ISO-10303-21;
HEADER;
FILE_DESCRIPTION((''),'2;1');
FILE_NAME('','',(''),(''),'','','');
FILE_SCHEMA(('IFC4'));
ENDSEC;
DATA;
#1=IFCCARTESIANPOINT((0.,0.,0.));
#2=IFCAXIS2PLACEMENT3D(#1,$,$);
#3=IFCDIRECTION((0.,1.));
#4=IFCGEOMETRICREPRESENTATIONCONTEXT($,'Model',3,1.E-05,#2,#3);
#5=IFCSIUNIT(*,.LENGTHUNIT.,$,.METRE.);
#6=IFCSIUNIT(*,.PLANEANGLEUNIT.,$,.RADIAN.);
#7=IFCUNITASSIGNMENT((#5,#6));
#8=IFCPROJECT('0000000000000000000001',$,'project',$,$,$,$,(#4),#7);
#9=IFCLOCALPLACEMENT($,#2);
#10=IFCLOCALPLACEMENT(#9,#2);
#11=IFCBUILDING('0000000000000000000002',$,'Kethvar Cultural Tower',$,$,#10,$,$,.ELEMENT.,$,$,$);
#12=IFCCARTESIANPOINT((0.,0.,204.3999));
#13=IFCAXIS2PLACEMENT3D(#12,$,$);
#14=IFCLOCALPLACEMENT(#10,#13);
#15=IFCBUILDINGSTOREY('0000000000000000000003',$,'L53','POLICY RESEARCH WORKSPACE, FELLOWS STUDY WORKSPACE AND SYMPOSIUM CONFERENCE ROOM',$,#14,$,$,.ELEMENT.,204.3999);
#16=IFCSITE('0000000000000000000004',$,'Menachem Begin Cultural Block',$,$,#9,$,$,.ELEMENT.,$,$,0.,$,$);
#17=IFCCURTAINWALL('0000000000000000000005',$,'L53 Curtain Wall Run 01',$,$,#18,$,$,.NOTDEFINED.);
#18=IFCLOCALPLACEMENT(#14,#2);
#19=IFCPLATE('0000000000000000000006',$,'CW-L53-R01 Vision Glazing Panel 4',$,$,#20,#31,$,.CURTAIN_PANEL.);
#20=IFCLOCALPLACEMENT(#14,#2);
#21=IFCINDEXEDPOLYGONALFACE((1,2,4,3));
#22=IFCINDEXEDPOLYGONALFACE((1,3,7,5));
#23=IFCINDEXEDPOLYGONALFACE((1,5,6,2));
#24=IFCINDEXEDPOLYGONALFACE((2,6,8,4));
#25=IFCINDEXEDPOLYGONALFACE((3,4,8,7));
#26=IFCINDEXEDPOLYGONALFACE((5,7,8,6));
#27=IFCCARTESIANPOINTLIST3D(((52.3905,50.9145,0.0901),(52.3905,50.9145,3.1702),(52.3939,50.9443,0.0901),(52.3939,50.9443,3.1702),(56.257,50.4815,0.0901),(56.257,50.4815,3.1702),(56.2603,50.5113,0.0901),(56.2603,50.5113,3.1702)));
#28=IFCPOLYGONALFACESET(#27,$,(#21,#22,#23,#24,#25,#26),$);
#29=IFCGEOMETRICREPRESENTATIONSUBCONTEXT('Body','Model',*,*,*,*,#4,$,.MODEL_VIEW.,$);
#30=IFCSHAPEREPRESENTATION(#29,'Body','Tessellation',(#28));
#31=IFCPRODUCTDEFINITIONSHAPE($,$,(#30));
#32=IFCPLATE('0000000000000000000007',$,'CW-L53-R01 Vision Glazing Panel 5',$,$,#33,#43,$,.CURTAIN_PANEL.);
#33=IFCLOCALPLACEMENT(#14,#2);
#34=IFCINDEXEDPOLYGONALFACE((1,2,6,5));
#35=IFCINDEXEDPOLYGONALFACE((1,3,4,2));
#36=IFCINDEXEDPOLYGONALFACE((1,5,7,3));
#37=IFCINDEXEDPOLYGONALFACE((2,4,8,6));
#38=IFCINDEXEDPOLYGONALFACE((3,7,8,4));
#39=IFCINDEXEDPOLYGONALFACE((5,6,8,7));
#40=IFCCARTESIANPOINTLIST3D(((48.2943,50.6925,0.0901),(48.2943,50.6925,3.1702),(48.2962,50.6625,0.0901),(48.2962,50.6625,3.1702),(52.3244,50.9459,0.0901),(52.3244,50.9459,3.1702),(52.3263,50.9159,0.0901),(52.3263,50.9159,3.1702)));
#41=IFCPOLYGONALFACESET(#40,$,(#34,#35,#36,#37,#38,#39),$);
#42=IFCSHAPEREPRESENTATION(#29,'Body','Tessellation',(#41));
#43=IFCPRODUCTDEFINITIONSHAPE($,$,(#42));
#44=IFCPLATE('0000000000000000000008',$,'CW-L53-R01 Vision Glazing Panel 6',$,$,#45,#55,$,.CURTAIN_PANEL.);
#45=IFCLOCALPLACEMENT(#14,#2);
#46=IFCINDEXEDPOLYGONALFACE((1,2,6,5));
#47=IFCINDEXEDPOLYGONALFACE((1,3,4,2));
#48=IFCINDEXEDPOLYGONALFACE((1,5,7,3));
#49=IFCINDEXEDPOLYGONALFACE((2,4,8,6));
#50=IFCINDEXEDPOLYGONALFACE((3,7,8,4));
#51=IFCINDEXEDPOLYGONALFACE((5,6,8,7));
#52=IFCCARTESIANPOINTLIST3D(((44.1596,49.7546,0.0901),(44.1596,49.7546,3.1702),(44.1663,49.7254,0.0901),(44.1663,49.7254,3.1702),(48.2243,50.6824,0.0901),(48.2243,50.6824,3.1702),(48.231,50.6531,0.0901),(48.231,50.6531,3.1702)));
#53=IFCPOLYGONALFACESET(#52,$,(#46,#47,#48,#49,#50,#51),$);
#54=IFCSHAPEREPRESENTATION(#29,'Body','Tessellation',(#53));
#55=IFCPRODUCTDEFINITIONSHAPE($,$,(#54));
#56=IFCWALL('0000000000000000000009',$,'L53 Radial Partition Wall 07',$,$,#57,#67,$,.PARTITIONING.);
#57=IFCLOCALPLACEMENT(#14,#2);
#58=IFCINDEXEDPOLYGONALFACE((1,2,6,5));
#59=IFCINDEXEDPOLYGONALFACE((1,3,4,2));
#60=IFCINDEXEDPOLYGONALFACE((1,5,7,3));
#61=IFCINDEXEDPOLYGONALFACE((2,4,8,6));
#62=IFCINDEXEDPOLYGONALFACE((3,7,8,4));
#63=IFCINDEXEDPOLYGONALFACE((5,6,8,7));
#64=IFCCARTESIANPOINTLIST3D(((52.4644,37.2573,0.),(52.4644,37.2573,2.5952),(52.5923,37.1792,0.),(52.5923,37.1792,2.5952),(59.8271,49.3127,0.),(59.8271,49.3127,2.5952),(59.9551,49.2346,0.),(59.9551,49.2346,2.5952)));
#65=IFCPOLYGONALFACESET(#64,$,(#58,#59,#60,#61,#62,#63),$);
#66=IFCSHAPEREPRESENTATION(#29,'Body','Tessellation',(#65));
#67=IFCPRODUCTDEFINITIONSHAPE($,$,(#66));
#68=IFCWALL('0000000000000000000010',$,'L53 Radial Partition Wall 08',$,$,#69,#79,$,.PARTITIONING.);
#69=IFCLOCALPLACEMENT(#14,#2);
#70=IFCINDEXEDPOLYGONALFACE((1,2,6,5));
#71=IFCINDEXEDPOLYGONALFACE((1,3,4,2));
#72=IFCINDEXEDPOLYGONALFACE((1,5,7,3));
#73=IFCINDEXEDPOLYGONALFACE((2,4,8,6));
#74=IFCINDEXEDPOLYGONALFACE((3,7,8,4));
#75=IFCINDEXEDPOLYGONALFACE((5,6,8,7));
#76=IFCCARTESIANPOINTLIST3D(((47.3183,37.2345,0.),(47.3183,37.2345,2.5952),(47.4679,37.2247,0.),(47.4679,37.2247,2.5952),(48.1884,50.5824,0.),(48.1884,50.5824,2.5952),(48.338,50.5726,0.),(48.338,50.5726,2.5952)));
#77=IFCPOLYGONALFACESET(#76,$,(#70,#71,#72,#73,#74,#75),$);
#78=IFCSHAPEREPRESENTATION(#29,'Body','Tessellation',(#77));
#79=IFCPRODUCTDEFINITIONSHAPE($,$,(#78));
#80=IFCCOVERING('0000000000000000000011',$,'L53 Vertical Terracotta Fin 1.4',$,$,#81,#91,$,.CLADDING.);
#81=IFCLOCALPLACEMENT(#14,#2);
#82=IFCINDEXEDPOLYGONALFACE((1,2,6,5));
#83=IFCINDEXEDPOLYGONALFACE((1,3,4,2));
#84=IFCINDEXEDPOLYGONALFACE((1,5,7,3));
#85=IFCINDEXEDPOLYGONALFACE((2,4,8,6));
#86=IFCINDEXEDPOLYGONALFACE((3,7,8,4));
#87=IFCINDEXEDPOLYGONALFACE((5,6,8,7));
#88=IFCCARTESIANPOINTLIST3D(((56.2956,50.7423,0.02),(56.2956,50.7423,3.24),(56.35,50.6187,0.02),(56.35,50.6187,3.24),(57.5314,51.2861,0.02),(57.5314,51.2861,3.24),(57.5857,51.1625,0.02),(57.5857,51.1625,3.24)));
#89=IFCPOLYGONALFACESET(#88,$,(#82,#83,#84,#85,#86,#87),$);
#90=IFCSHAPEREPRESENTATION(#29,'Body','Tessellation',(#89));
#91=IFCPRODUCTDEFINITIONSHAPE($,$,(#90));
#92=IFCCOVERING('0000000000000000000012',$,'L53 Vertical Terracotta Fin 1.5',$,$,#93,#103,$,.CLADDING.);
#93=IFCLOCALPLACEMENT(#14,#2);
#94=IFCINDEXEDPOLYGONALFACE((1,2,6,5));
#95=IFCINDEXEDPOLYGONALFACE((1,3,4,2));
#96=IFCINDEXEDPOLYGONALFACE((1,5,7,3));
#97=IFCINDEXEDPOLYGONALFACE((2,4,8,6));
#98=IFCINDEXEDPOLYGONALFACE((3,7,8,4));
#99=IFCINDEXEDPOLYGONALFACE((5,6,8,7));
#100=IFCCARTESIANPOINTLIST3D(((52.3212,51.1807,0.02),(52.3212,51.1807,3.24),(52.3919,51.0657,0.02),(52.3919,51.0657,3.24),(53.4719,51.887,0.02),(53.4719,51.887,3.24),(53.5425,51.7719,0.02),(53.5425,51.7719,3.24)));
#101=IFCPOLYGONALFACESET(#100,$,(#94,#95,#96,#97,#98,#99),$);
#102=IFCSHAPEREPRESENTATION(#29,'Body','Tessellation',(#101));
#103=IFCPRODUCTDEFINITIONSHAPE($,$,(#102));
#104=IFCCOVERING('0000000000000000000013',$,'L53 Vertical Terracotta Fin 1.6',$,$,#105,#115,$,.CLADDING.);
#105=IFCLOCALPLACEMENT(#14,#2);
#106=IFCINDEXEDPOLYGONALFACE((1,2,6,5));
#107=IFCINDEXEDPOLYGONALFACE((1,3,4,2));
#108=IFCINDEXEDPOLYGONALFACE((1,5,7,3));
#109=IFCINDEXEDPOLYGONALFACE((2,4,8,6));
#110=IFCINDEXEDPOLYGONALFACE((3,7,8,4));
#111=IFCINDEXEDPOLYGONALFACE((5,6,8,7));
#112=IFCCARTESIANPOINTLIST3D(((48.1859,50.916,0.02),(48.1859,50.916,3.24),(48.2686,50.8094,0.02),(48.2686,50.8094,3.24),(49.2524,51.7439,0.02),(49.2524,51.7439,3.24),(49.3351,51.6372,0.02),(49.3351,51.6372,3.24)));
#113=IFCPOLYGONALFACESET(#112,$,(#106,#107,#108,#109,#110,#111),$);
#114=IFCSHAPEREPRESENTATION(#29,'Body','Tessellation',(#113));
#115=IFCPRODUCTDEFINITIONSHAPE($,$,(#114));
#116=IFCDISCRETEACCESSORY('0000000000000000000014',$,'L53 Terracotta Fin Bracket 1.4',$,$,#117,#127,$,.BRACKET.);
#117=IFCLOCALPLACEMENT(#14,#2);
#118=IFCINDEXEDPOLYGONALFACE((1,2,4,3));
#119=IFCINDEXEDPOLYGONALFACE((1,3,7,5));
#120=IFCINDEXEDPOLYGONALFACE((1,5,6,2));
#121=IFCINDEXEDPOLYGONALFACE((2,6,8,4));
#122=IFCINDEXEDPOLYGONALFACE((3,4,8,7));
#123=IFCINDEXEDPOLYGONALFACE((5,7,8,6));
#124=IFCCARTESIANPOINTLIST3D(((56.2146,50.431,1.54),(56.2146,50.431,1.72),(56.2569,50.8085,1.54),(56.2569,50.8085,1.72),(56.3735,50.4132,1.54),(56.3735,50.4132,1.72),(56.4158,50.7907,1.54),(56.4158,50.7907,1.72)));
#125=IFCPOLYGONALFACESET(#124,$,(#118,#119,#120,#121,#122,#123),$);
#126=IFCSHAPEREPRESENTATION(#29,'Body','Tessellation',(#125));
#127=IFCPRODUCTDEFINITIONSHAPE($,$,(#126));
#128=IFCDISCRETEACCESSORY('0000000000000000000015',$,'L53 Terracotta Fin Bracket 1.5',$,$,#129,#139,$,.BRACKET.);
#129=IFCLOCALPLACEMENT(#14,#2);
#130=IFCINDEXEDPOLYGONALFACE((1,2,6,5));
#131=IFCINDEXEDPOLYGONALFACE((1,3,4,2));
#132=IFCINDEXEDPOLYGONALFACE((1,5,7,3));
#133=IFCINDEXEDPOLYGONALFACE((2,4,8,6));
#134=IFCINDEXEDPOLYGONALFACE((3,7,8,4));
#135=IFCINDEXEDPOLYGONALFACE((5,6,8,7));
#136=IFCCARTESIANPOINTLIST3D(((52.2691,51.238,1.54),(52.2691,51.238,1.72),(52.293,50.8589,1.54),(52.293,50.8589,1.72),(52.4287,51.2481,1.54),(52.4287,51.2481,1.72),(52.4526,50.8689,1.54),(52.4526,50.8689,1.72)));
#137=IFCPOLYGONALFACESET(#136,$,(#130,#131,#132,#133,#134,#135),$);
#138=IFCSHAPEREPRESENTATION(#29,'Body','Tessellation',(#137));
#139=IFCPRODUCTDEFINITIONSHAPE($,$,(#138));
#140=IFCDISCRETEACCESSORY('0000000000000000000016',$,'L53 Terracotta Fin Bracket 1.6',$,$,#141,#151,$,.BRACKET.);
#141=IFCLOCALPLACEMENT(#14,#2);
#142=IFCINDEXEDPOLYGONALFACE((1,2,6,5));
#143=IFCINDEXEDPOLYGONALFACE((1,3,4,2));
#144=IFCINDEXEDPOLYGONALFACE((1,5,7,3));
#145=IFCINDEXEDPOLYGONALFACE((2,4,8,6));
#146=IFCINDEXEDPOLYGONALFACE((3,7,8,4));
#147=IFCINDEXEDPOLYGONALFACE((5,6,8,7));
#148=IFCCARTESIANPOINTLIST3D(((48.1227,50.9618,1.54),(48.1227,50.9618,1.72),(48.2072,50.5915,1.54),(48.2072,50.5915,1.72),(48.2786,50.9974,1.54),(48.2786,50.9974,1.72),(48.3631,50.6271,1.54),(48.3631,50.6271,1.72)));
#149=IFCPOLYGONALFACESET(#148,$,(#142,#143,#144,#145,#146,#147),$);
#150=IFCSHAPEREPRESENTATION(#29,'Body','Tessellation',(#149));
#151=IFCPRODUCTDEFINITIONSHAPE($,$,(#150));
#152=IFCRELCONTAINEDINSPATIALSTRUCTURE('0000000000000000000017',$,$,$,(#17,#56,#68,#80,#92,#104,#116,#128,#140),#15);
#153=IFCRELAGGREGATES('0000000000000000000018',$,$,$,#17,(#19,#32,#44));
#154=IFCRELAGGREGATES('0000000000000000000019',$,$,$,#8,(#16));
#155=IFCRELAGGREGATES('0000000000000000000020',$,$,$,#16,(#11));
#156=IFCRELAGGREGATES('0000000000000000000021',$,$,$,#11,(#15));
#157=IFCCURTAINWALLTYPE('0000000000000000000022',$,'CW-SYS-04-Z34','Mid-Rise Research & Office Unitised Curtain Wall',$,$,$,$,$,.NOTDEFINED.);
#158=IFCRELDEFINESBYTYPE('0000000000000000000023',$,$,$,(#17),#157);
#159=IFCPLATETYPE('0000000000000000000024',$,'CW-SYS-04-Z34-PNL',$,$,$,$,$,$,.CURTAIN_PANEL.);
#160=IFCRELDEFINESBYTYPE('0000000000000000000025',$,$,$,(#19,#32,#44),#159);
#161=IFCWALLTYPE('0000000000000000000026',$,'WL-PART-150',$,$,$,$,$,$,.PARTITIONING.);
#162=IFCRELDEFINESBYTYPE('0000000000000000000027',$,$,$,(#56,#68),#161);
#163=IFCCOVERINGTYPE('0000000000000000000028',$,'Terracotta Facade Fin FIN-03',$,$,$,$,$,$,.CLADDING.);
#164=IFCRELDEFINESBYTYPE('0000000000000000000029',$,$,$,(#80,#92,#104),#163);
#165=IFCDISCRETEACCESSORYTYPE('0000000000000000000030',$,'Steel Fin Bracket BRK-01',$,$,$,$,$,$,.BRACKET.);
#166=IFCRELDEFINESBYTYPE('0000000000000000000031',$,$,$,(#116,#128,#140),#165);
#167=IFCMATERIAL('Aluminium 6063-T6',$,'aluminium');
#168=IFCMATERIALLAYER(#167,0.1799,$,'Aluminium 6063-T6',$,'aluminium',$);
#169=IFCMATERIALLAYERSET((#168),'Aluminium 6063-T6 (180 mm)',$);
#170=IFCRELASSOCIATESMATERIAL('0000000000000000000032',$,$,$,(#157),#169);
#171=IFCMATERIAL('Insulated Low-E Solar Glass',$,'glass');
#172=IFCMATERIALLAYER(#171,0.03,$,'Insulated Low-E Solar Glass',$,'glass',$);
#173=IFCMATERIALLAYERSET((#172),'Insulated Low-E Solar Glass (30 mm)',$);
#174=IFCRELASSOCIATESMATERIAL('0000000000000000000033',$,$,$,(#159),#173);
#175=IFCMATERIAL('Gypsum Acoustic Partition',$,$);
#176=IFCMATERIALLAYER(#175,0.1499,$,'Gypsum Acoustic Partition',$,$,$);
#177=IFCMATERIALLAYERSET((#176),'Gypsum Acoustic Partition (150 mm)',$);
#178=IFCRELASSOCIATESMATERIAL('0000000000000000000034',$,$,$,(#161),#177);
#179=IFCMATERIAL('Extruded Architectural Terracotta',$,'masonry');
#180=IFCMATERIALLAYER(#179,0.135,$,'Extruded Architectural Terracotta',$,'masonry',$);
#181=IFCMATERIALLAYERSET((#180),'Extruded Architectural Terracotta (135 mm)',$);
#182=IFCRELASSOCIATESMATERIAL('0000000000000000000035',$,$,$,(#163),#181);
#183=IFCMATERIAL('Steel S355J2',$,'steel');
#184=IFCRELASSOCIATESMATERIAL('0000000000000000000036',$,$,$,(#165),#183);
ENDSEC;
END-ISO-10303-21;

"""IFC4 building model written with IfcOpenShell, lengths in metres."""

from ifc_helpers import new_model, si_unit, direction, frame, frame_2d, origin, origin_2d, place, context, subcontext, project, spatial, rectangle, extrude, source, transform, mapped, material, layer, layer_set, type_object, element, aggregate, save


model = new_model("IFC4")

# Units and contexts
model_context = context("Model", 3, precision=1e-05, world=origin(), true_north=direction((0.0, 1.0)))
body_context = subcontext(model_context, "Body", "Model", "MODEL_VIEW")
ifc_project = project(units=[si_unit("LENGTHUNIT", "METRE"), si_unit("PLANEANGLEUNIT", "RADIAN")], contexts=[model_context])

# Site, building, storey
site_placement = place(None, origin())
site = spatial("IfcSite", under=ifc_project, at=site_placement, Name="Menachem Begin Cultural Block", CompositionType="ELEMENT", RefElevation=0.0)
building_placement = place(site_placement, origin())
building = spatial("IfcBuilding", under=site, at=building_placement, Name="Kethvar Cultural Tower", CompositionType="ELEMENT")
storey_placement = place(building_placement, frame((0.0, 0.0, 204.3999)))
storey = spatial("IfcBuildingStorey", under=building, at=storey_placement, Name="L53", Description="POLICY RESEARCH WORKSPACE, FELLOWS STUDY WORKSPACE AND SYMPOSIUM CONFERENCE ROOM", CompositionType="ELEMENT", Elevation=204.3999)

# Shared definitions
ifc_material_1 = material(Name="Steel S355J2", Category="steel")

# Curtain wall, plates
ifc_material_2 = material(Name="Aluminium 6063-T6", Category="aluminium")
ifc_layer_1 = layer(ifc_material_2, 0.1799, Name="Aluminium 6063-T6", Category="aluminium")
ifc_layer_set_1 = layer_set([ifc_layer_1], Name="Aluminium 6063-T6 (180 mm)")
curtain_wall_type = type_object("IfcCurtainWallType", Name="CW-SYS-04-Z34", Description="Mid-Rise Research & Office Unitised Curtain Wall", PredefinedType="NOTDEFINED", material=ifc_layer_set_1)
curtain_wall_placement = place(storey_placement, origin())
curtain_wall = element("IfcCurtainWall", 1, at=curtain_wall_placement, inside=storey, type_object=curtain_wall_type, Name="L53 Curtain Wall Run 01", PredefinedType="NOTDEFINED")
ifc_material_3 = material(Name="Insulated Low-E Solar Glass", Category="glass")
ifc_layer_2 = layer(ifc_material_3, 0.03, Name="Insulated Low-E Solar Glass", Category="glass")
ifc_layer_set_2 = layer_set([ifc_layer_2], Name="Insulated Low-E Solar Glass (30 mm)")
plate_type = type_object("IfcPlateType", Name="CW-SYS-04-Z34-PNL", PredefinedType="CURTAIN_PANEL", material=ifc_layer_set_2)
shared_shape_1 = source(origin(), body_context, "Body", "SweptSolid", [
    extrude(rectangle(XDim=3.8906, YDim=0.03, at=origin_2d()), origin(), (0.0, 0.0, 1.0), 3.0801),
])
plate_1_placement = place(storey_placement, frame((54.3254, 50.7129, 0.0901), z_axis=(0.0, 0.0, 1.0), x_axis=(-0.993787, 0.111295, 0.0)))
plate_1 = element("IfcPlate", 2, at=plate_1_placement, type_object=plate_type, Name="CW-L53-R01 Vision Glazing Panel 4", PredefinedType="CURTAIN_PANEL", context=body_context, shape_type="MappedRepresentation", body=[
    mapped(shared_shape_1, transform((0.0, 0.0, 0.0), scale=1.0)),
])
shared_shape_2 = source(origin(), body_context, "Body", "SweptSolid", [
    extrude(rectangle(XDim=4.0381, YDim=0.03, at=origin_2d()), origin(), (0.0, 0.0, 1.0), 3.0801),
])
plate_2_placement = place(storey_placement, frame((50.3103, 50.8042, 0.0901), z_axis=(0.0, 0.0, 1.0), x_axis=(-0.998029, -0.062756, 0.0)))
plate_2 = element("IfcPlate", 3, at=plate_2_placement, type_object=plate_type, Name="CW-L53-R01 Vision Glazing Panel 5", PredefinedType="CURTAIN_PANEL", context=body_context, shape_type="MappedRepresentation", body=[
    mapped(shared_shape_2, transform((0.0, 0.0, 0.0), scale=1.0)),
])
shared_shape_3 = source(origin(), body_context, "Body", "SweptSolid", [
    extrude(rectangle(XDim=4.1692, YDim=0.03, at=origin_2d()), origin(), (0.0, 0.0, 1.0), 3.0801),
])
plate_3_placement = place(storey_placement, frame((46.1953, 50.2039, 0.0901), z_axis=(0.0, 0.0, 1.0), x_axis=(-0.974928, -0.222519, 0.0)))
plate_3 = element("IfcPlate", 4, at=plate_3_placement, type_object=plate_type, Name="CW-L53-R01 Vision Glazing Panel 6", PredefinedType="CURTAIN_PANEL", context=body_context, shape_type="MappedRepresentation", body=[
    mapped(shared_shape_3, transform((0.0, 0.0, 0.0), scale=1.0)),
])
aggregate(curtain_wall, [plate_1, plate_2, plate_3])

# Walls
ifc_material_4 = material(Name="Gypsum Acoustic Partition")
ifc_layer_3 = layer(ifc_material_4, 0.1499, Name="Gypsum Acoustic Partition")
ifc_layer_set_3 = layer_set([ifc_layer_3], Name="Gypsum Acoustic Partition (150 mm)")
wall_type_1 = type_object("IfcWallType", Name="WL-PART-150", PredefinedType="PARTITIONING", material=ifc_layer_set_3)
wall_1_placement = place(storey_placement, frame((52.5283, 37.2183, 0.0), z_axis=(0.0, 0.0, 1.0), x_axis=(0.521223, 0.853421, 0.0)))
element("IfcWall", 5, at=wall_1_placement, inside=storey, type_object=wall_type_1, Name="L53 Radial Partition Wall 07", PredefinedType="PARTITIONING", context=body_context, shape_type="SweptSolid", body=[
    extrude(rectangle(XDim=14.126, YDim=0.1499, at=frame_2d((7.063, 0.0))), origin(), (0.0, 0.0, 1.0), 2.5952),
])
wall_2_placement = place(storey_placement, frame((47.3931, 37.2297, 0.0), z_axis=(0.0, 0.0, 1.0), x_axis=(0.06505, 0.997882, 0.0)))
element("IfcWall", 6, at=wall_2_placement, inside=storey, type_object=wall_type_1, Name="L53 Radial Partition Wall 08", PredefinedType="PARTITIONING", context=body_context, shape_type="SweptSolid", body=[
    extrude(rectangle(XDim=13.3762, YDim=0.1499, at=frame_2d((6.688, 0.0))), origin(), (0.0, 0.0, 1.0), 2.5952),
])

# Coverings
ifc_material_5 = material(Name="Extruded Architectural Terracotta", Category="masonry")
ifc_layer_4 = layer(ifc_material_5, 0.135, Name="Extruded Architectural Terracotta", Category="masonry")
ifc_layer_set_4 = layer_set([ifc_layer_4], Name="Extruded Architectural Terracotta (135 mm)")
covering_type = type_object("IfcCoveringType", Name="Terracotta Facade Fin FIN-03", PredefinedType="CLADDING", material=ifc_layer_set_4)
shared_shape_4 = source(origin(), body_context, "Body", "SweptSolid", [
    extrude(rectangle(XDim=1.3501, YDim=0.135, at=origin_2d()), origin(), (0.0, 0.0, 1.0), 3.22),
])
for number, where, z_axis, x_axis, name in (
    (7, (56.9407, 50.9524, 0.02), (0.0, 0.0, 1.0), (0.915311, 0.402747, 0.0), "L53 Vertical Terracotta Fin 1.4"),
    (8, (52.9319, 51.4763, 0.02), (0.0, 0.0, 1.0), (0.852275, 0.523094, 0.0), "L53 Vertical Terracotta Fin 1.5"),
    (9, (48.7605, 51.2766, 0.02), (0.0, 0.0, 1.0), (0.789941, 0.613183, 0.0), "L53 Vertical Terracotta Fin 1.6"),
):
    element("IfcCovering", number, at=place(storey_placement, frame(where, z_axis=z_axis, x_axis=x_axis)), inside=storey, type_object=covering_type, Name=name, PredefinedType="CLADDING", context=body_context, shape_type="MappedRepresentation", body=[
        mapped(shared_shape_4, transform((0.0, 0.0, 0.0), scale=1.0)),
    ])

# Discrete accessories
discrete_accessory_type = type_object("IfcDiscreteAccessoryType", Name="Steel Fin Bracket BRK-01", PredefinedType="BRACKET", material=ifc_material_1)
shared_shape_5 = source(origin(), body_context, "Body", "SweptSolid", [
    extrude(rectangle(XDim=0.3799, YDim=0.1599, at=origin_2d()), origin(), (0.0, 0.0, 1.0), 0.1799),
])
for number, where, z_axis, x_axis, name in (
    (10, (56.3152, 50.6108, 1.54), (0.0, 0.0, 1.0), (0.111295, 0.993787, 0.0), "L53 Terracotta Fin Bracket 1.4"),
    (11, (52.3608, 51.0535, 1.54), (0.0, 0.0, 1.0), (-0.062791, 0.998027, 0.0), "L53 Terracotta Fin Bracket 1.5"),
    (12, (48.2429, 50.7944, 1.54), (0.0, 0.0, 1.0), (-0.22257, 0.974917, 0.0), "L53 Terracotta Fin Bracket 1.6"),
):
    element("IfcDiscreteAccessory", number, at=place(storey_placement, frame(where, z_axis=z_axis, x_axis=x_axis)), inside=storey, type_object=discrete_accessory_type, Name=name, PredefinedType="BRACKET", context=body_context, shape_type="MappedRepresentation", body=[
        mapped(shared_shape_5, transform((0.0, 0.0, 0.0), scale=1.0)),
    ])

save(model, "model.ifc")
